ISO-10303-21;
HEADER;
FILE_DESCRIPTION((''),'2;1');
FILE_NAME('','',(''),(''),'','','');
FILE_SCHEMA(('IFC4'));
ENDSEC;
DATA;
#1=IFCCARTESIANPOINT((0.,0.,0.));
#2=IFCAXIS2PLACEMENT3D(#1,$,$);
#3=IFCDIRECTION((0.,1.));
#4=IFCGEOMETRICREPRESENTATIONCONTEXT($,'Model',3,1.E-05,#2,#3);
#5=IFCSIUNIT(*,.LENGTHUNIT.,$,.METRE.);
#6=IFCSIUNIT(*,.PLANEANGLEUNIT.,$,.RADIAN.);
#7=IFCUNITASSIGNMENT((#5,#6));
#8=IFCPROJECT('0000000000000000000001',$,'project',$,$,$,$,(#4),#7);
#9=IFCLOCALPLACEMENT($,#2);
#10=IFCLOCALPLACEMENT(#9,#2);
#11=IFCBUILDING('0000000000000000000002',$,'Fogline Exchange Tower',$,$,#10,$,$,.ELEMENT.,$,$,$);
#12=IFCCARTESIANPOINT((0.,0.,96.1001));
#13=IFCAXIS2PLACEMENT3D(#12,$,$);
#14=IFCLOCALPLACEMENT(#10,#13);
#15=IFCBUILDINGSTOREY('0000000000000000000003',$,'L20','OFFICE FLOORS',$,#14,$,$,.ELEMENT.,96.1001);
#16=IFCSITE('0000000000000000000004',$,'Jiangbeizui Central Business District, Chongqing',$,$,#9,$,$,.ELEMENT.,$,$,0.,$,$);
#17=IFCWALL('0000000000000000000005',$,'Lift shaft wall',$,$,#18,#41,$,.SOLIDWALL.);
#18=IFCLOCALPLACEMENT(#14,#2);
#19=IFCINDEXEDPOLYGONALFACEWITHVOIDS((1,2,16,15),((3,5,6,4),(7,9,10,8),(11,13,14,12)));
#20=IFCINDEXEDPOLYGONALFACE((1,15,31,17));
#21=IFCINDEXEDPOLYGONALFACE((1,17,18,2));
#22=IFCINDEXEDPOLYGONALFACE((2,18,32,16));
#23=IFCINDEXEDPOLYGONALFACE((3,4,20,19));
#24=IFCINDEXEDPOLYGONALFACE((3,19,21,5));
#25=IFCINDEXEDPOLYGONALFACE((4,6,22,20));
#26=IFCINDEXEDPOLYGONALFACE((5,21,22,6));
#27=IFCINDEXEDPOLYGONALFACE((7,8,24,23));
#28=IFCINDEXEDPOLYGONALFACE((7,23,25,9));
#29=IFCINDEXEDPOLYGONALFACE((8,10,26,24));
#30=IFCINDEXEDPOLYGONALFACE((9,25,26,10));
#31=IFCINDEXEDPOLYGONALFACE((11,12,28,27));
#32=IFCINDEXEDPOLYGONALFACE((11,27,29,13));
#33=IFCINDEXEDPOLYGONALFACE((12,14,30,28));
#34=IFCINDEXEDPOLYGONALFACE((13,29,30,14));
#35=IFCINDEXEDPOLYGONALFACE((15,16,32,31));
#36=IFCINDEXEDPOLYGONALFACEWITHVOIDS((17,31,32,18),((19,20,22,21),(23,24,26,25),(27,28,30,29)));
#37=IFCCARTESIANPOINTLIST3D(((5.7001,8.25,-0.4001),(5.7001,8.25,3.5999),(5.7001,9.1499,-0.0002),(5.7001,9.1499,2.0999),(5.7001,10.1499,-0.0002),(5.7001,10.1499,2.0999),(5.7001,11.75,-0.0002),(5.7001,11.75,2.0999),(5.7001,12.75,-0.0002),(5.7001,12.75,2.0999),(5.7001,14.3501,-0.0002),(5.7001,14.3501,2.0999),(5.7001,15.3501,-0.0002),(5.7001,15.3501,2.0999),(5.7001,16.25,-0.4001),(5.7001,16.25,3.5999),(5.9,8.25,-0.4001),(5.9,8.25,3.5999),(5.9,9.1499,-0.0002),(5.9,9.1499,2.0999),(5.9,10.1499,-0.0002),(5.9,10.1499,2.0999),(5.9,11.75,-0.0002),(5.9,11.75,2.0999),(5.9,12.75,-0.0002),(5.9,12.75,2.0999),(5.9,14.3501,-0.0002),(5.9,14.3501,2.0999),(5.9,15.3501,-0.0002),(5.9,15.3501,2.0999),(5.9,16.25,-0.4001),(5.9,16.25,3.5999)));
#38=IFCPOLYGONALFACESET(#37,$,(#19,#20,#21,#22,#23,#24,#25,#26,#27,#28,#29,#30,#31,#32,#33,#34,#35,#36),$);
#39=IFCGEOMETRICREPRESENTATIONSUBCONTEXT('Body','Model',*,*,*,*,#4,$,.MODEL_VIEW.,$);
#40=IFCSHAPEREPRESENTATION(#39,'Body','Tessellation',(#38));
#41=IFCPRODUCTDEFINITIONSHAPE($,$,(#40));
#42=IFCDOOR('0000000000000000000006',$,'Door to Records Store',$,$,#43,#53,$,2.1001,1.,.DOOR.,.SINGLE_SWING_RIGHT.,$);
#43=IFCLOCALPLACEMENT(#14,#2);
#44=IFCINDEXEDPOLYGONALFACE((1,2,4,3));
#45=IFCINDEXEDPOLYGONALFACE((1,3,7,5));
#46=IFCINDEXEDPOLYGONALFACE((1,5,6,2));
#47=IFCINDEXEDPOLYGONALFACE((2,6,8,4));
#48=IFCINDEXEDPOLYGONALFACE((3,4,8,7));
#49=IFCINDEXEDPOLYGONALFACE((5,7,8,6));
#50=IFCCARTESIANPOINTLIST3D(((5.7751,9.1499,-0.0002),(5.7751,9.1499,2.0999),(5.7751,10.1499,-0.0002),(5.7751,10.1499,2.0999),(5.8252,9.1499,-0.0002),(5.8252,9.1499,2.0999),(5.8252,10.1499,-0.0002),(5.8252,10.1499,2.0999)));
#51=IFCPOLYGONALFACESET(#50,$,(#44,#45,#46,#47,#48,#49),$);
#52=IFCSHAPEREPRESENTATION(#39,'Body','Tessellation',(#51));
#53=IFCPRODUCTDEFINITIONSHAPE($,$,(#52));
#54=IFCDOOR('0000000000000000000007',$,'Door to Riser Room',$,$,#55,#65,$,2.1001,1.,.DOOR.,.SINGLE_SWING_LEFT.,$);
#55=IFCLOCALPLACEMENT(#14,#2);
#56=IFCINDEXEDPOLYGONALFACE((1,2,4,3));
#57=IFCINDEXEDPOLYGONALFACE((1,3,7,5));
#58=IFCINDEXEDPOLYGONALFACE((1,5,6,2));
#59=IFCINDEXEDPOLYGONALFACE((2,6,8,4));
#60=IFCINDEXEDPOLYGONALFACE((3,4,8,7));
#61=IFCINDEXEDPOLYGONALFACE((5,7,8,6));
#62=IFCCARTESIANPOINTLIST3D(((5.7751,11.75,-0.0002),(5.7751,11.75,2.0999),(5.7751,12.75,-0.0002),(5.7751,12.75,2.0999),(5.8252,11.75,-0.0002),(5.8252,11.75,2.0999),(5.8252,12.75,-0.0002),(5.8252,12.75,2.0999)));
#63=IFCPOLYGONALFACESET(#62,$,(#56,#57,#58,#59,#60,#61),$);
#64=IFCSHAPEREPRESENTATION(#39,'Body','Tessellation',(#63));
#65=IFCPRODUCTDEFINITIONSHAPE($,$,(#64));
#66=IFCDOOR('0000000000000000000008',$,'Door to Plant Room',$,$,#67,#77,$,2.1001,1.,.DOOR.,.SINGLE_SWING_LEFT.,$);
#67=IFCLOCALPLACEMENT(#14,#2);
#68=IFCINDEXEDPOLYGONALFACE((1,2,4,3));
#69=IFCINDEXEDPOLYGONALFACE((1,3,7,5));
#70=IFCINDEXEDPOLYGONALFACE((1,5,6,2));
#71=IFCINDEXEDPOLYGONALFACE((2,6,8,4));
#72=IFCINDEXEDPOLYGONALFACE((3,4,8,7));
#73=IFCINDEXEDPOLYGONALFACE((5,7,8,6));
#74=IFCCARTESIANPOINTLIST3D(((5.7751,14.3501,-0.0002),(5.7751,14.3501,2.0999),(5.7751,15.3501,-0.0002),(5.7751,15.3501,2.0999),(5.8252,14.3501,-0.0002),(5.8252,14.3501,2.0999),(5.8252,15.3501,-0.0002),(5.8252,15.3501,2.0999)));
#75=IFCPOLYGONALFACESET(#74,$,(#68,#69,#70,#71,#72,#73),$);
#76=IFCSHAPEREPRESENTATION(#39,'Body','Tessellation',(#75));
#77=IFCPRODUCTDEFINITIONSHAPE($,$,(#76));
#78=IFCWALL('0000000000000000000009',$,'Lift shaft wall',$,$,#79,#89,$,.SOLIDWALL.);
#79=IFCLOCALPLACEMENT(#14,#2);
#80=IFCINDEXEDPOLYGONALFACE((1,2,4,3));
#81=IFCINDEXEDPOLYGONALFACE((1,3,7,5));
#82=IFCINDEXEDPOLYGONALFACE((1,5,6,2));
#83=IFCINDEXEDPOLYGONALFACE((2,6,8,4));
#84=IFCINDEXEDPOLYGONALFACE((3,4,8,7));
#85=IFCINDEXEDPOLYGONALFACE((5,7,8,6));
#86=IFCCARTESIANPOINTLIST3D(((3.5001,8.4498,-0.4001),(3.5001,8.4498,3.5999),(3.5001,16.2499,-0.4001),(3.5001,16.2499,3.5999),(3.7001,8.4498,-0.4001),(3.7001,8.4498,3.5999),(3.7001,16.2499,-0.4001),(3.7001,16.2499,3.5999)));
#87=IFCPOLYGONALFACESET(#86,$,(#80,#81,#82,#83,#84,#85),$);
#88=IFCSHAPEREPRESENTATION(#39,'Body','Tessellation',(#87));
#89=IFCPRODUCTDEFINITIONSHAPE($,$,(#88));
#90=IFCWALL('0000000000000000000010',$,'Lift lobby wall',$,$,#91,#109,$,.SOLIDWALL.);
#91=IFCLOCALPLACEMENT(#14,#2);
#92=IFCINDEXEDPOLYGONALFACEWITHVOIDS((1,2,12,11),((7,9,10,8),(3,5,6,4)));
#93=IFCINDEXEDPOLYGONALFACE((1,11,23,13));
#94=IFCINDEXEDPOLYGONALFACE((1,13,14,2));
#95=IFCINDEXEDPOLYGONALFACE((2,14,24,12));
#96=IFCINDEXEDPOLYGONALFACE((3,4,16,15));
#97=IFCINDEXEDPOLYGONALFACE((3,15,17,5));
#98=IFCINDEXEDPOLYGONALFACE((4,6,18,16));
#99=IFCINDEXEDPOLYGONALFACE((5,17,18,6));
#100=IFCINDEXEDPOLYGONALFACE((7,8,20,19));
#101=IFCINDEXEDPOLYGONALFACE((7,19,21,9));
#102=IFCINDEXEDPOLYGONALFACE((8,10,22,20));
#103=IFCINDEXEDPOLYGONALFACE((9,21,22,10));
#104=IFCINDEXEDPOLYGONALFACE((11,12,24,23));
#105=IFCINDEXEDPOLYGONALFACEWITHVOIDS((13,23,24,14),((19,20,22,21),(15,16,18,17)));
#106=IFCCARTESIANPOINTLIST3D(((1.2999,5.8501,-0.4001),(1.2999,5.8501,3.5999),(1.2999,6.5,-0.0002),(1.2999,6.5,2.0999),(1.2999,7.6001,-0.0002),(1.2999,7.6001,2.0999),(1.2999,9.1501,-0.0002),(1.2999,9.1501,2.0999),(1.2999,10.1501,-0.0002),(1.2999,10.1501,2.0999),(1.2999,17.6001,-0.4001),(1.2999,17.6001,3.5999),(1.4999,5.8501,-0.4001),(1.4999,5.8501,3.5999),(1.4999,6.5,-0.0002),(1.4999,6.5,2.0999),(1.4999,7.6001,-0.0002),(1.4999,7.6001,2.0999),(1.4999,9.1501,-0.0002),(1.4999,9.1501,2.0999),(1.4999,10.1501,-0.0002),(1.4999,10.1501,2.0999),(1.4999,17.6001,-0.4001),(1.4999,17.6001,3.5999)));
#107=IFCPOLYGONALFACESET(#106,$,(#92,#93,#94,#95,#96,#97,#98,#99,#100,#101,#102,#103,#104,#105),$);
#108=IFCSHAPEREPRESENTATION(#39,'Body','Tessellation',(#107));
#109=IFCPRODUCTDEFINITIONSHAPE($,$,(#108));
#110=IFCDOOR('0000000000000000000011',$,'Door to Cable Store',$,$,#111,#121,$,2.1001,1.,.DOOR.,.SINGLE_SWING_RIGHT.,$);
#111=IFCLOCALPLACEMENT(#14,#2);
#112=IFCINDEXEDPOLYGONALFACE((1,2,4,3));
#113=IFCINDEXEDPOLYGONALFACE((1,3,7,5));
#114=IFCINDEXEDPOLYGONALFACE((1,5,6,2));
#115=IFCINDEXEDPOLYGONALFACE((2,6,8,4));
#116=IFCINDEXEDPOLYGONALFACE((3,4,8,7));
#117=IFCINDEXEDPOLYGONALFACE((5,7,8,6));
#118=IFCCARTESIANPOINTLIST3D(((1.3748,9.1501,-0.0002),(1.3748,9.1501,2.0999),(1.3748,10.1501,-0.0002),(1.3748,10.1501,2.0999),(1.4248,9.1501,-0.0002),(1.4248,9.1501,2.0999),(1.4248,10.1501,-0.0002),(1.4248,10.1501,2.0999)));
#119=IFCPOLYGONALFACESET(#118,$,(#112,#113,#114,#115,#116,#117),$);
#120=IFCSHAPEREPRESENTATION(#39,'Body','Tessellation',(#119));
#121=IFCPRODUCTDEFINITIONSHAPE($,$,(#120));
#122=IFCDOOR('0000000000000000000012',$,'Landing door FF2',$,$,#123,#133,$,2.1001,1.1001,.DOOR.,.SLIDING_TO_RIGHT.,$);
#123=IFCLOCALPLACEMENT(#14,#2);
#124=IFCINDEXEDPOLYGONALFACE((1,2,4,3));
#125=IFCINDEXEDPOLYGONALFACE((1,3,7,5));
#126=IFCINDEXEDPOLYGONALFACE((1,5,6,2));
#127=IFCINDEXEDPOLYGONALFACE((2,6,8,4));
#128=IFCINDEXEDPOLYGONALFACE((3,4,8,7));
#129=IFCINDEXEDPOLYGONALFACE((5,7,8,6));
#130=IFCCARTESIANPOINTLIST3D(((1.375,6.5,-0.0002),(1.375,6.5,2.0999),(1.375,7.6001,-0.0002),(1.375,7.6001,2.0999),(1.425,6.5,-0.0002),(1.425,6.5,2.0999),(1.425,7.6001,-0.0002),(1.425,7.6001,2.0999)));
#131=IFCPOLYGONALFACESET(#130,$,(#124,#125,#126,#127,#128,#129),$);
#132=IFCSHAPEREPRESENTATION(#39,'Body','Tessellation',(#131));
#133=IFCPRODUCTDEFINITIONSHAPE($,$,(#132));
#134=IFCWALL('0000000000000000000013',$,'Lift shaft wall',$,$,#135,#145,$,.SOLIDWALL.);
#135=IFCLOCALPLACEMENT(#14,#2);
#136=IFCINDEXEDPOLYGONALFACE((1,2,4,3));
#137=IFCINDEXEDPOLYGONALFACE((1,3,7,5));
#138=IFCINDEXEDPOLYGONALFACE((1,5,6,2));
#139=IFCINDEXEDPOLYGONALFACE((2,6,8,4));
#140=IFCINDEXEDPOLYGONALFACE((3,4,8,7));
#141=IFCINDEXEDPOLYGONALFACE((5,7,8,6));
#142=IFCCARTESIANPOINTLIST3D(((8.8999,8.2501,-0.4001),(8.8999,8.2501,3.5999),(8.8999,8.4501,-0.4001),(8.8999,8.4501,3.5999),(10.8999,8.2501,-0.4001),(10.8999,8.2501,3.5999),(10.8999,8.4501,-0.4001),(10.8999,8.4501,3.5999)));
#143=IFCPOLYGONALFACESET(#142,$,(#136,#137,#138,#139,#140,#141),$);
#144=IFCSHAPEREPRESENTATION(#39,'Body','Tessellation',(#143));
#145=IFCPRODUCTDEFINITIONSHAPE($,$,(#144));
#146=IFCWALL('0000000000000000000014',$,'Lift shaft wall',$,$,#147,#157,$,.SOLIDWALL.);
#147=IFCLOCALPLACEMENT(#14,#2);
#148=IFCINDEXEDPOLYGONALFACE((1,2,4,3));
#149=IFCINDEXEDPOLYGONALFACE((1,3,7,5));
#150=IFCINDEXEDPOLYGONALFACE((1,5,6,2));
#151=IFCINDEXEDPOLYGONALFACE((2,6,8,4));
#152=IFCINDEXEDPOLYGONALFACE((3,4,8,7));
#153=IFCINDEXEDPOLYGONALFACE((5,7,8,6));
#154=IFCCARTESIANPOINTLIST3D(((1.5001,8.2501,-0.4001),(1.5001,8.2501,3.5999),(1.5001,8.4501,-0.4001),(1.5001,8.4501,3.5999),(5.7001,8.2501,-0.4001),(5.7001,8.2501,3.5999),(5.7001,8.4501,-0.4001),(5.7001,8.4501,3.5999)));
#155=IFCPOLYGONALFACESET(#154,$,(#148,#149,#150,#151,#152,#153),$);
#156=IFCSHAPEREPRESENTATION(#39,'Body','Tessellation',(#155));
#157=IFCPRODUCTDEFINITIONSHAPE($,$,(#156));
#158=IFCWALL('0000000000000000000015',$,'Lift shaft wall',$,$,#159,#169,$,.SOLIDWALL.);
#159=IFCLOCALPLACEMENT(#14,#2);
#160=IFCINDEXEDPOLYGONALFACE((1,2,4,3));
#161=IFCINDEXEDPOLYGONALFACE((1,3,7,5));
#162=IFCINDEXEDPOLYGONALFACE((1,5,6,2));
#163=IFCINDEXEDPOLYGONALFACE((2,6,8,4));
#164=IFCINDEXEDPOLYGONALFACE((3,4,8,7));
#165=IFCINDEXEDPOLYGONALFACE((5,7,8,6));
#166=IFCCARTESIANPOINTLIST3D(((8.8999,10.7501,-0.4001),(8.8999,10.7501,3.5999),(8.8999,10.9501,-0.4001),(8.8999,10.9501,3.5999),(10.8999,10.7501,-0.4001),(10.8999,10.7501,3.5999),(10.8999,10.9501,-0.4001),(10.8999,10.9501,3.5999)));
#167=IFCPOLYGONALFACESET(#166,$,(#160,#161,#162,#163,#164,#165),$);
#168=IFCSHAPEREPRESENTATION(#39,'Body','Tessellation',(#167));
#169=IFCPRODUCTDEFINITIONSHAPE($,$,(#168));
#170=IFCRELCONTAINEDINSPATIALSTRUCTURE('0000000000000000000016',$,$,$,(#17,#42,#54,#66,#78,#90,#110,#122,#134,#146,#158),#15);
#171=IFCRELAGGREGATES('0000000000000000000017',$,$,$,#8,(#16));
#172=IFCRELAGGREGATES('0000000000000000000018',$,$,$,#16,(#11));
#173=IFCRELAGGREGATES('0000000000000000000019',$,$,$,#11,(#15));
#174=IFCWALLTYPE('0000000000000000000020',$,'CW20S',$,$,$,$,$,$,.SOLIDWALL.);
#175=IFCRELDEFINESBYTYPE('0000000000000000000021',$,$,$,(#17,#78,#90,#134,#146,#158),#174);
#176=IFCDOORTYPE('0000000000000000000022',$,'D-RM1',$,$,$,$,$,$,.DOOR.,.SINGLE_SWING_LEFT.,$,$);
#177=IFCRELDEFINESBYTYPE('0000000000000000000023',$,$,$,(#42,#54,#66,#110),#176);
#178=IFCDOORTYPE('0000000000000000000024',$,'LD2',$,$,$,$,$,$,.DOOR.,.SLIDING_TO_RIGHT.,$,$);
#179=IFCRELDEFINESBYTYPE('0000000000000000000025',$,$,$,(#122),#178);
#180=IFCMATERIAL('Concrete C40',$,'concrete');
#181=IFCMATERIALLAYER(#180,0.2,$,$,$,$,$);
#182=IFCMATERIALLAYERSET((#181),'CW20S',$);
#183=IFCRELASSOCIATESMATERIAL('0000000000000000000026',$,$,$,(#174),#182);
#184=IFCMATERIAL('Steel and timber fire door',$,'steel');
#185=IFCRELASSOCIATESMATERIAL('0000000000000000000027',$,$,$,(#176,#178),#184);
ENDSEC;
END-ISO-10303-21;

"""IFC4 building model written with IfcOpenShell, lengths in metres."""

from ifc_helpers import new_model, si_unit, direction, frame, frame_2d, origin, place, context, subcontext, project, spatial, rectangle, extrude, material, layer, layer_set, type_object, element, fill, save


model = new_model("IFC4")

# Units and contexts
model_context = context("Model", 3, precision=1e-05, world=origin(), true_north=direction((0.0, 1.0)))
body_context = subcontext(model_context, "Body", "Model", "MODEL_VIEW")
ifc_project = project(units=[si_unit("LENGTHUNIT", "METRE"), si_unit("PLANEANGLEUNIT", "RADIAN")], contexts=[model_context])

# Site, building, storey
site_placement = place(None, origin())
site = spatial("IfcSite", under=ifc_project, at=site_placement, Name="Jiangbeizui Central Business District, Chongqing", CompositionType="ELEMENT", RefElevation=0.0)
building_placement = place(site_placement, origin())
building = spatial("IfcBuilding", under=site, at=building_placement, Name="Fogline Exchange Tower", CompositionType="ELEMENT")
storey_placement = place(building_placement, frame((0.0, 0.0, 96.1001)))
storey = spatial("IfcBuildingStorey", under=building, at=storey_placement, Name="L20", Description="OFFICE FLOORS", CompositionType="ELEMENT", Elevation=96.1001)

# Shared definitions
ifc_material_1 = material(Name="Steel and timber fire door", Category="steel")

# Shared definitions
ifc_material_2 = material(Name="Concrete C40", Category="concrete")

# Wall, openings, doors
ifc_layer_1 = layer(ifc_material_2, 0.2)
ifc_layer_set_1 = layer_set([ifc_layer_1], Name="CW20S")
wall_type_1 = type_object("IfcWallType", Name="CW20S", PredefinedType="SOLIDWALL", material=ifc_layer_set_1)
door_type_1 = type_object("IfcDoorType", Name="D-RM1", OperationType="SINGLE_SWING_LEFT", PredefinedType="DOOR", material=ifc_material_1)
wall_1_placement = place(storey_placement, frame((5.8, 8.25, -0.4001), z_axis=(0.0, 0.0, 1.0), x_axis=(0.0, 1.0, 0.0)))
wall_1 = element("IfcWall", 1, at=wall_1_placement, inside=storey, type_object=wall_type_1, Name="Lift shaft wall", PredefinedType="SOLIDWALL", context=body_context, shape_type="SweptSolid", body=[
    extrude(rectangle(XDim=8.0, YDim=0.2, at=frame_2d((4.0, 0.0))), origin(), (0.0, 0.0, 1.0), 4.0),
])
opening_1_placement = place(wall_1_placement, frame((0.8999, 0.0, 0.3999)))
opening_1 = element("IfcOpeningElement", 2, at=opening_1_placement, cuts=wall_1, PredefinedType="OPENING", context=body_context, shape_type="SweptSolid", body=[
    extrude(rectangle(XDim=1.0, YDim=2.1001, at=frame_2d((0.5, 1.05))), frame((0.0, 0.1099, 0.0), z_axis=(0.0, -1.0, 0.0), x_axis=(1.0, 0.0, 0.0)), (0.0, 0.0, 1.0), 0.22),
])
opening_2_placement = place(wall_1_placement, frame((3.5, 0.0, 0.3999)))
opening_2 = element("IfcOpeningElement", 3, at=opening_2_placement, cuts=wall_1, PredefinedType="OPENING", context=body_context, shape_type="SweptSolid", body=[
    extrude(rectangle(XDim=1.0, YDim=2.1001, at=frame_2d((0.5, 1.05))), frame((0.0, 0.1099, 0.0), z_axis=(0.0, -1.0, 0.0), x_axis=(1.0, 0.0, 0.0)), (0.0, 0.0, 1.0), 0.22),
])
opening_3_placement = place(wall_1_placement, frame((6.1001, 0.0, 0.3999)))
opening_3 = element("IfcOpeningElement", 4, at=opening_3_placement, cuts=wall_1, PredefinedType="OPENING", context=body_context, shape_type="SweptSolid", body=[
    extrude(rectangle(XDim=1.0, YDim=2.1001, at=frame_2d((0.5, 1.05))), frame((0.0, 0.1099, 0.0), z_axis=(0.0, -1.0, 0.0), x_axis=(1.0, 0.0, 0.0)), (0.0, 0.0, 1.0), 0.22),
])
door_1_placement = place(opening_1_placement, origin())
door_1 = element("IfcDoor", 5, at=door_1_placement, inside=storey, type_object=door_type_1, Name="Door to Records Store", OperationType="SINGLE_SWING_RIGHT", OverallHeight=2.1001, OverallWidth=1.0, PredefinedType="DOOR", context=body_context, shape_type="SweptSolid", body=[
    extrude(rectangle(XDim=1.0, YDim=2.1001, at=frame_2d((0.5, 1.05))), frame((0.0, 0.0249, 0.0), z_axis=(0.0, -1.0, 0.0), x_axis=(1.0, 0.0, 0.0)), (0.0, 0.0, 1.0), 0.05),
])
fill(opening_1, door_1)
door_2_placement = place(opening_2_placement, origin())
door_2 = element("IfcDoor", 6, at=door_2_placement, inside=storey, type_object=door_type_1, Name="Door to Riser Room", OperationType="SINGLE_SWING_LEFT", OverallHeight=2.1001, OverallWidth=1.0, PredefinedType="DOOR", context=body_context, shape_type="SweptSolid", body=[
    extrude(rectangle(XDim=1.0, YDim=2.1001, at=frame_2d((0.5, 1.05))), frame((0.0, 0.0249, 0.0), z_axis=(0.0, -1.0, 0.0), x_axis=(1.0, 0.0, 0.0)), (0.0, 0.0, 1.0), 0.05),
])
fill(opening_2, door_2)
door_3_placement = place(opening_3_placement, origin())
door_3 = element("IfcDoor", 7, at=door_3_placement, inside=storey, type_object=door_type_1, Name="Door to Plant Room", OperationType="SINGLE_SWING_LEFT", OverallHeight=2.1001, OverallWidth=1.0, PredefinedType="DOOR", context=body_context, shape_type="SweptSolid", body=[
    extrude(rectangle(XDim=1.0, YDim=2.1001, at=frame_2d((0.5, 1.05))), frame((0.0, 0.0249, 0.0), z_axis=(0.0, -1.0, 0.0), x_axis=(1.0, 0.0, 0.0)), (0.0, 0.0, 1.0), 0.05),
])
fill(opening_3, door_3)

# Wall
wall_2_placement = place(storey_placement, frame((3.6001, 8.45, -0.4001), z_axis=(0.0, 0.0, 1.0), x_axis=(0.0, 1.0, 0.0)))
element("IfcWall", 8, at=wall_2_placement, inside=storey, type_object=wall_type_1, Name="Lift shaft wall", PredefinedType="SOLIDWALL", context=body_context, shape_type="SweptSolid", body=[
    extrude(rectangle(XDim=7.8, YDim=0.2, at=frame_2d((3.8999, 0.0))), origin(), (0.0, 0.0, 1.0), 4.0),
])

# Wall, openings, doors
wall_3_placement = place(storey_placement, frame((1.3999, 5.8501, -0.4001), z_axis=(0.0, 0.0, 1.0), x_axis=(0.0, 1.0, 0.0)))
wall_3 = element("IfcWall", 9, at=wall_3_placement, inside=storey, type_object=wall_type_1, Name="Lift lobby wall", PredefinedType="SOLIDWALL", context=body_context, shape_type="SweptSolid", body=[
    extrude(rectangle(XDim=11.75, YDim=0.2, at=frame_2d((5.875, 0.0))), origin(), (0.0, 0.0, 1.0), 4.0),
])
opening_4_placement = place(wall_3_placement, frame((0.6499, 0.0, 0.3999)))
opening_4 = element("IfcOpeningElement", 10, at=opening_4_placement, cuts=wall_3, PredefinedType="OPENING", context=body_context, shape_type="SweptSolid", body=[
    extrude(rectangle(XDim=1.1001, YDim=2.1001, at=frame_2d((0.55, 1.05))), frame((0.0, 0.1099, 0.0), z_axis=(0.0, -1.0, 0.0), x_axis=(1.0, 0.0, 0.0)), (0.0, 0.0, 1.0), 0.22),
])
opening_5_placement = place(wall_3_placement, frame((3.3, 0.0, 0.3999)))
opening_5 = element("IfcOpeningElement", 11, at=opening_5_placement, cuts=wall_3, PredefinedType="OPENING", context=body_context, shape_type="SweptSolid", body=[
    extrude(rectangle(XDim=1.0, YDim=2.1001, at=frame_2d((0.5, 1.05))), frame((0.0, 0.1099, 0.0), z_axis=(0.0, -1.0, 0.0), x_axis=(1.0, 0.0, 0.0)), (0.0, 0.0, 1.0), 0.22),
])
door_4_placement = place(opening_5_placement, frame((1.0, 0.0, 0.0), z_axis=(0.0, 0.0, 1.0), x_axis=(-1.0, 0.0, 0.0)))
door_4 = element("IfcDoor", 12, at=door_4_placement, inside=storey, type_object=door_type_1, Name="Door to Cable Store", OperationType="SINGLE_SWING_RIGHT", OverallHeight=2.1001, OverallWidth=1.0, PredefinedType="DOOR", context=body_context, shape_type="SweptSolid", body=[
    extrude(rectangle(XDim=1.0, YDim=2.1001, at=frame_2d((0.5, 1.05))), frame((0.0, 0.0249, 0.0), z_axis=(0.0, -1.0, 0.0), x_axis=(1.0, 0.0, 0.0)), (0.0, 0.0, 1.0), 0.05),
])
fill(opening_5, door_4)
door_type_2 = type_object("IfcDoorType", Name="LD2", OperationType="SLIDING_TO_RIGHT", PredefinedType="DOOR", material=ifc_material_1)
door_5_placement = place(opening_4_placement, origin())
door_5 = element("IfcDoor", 13, at=door_5_placement, inside=storey, type_object=door_type_2, Name="Landing door FF2", OperationType="SLIDING_TO_RIGHT", OverallHeight=2.1001, OverallWidth=1.1001, PredefinedType="DOOR", context=body_context, shape_type="SweptSolid", body=[
    extrude(rectangle(XDim=1.1001, YDim=2.1001, at=frame_2d((0.55, 1.05))), frame((0.0, 0.0249, 0.0), z_axis=(0.0, -1.0, 0.0), x_axis=(1.0, 0.0, 0.0)), (0.0, 0.0, 1.0), 0.05),
])
fill(opening_4, door_5)

# Walls
wall_4_placement = place(storey_placement, frame((8.8999, 8.3501, -0.4001), z_axis=(0.0, 0.0, 1.0), x_axis=(1.0, 0.0, 0.0)))
element("IfcWall", 14, at=wall_4_placement, inside=storey, type_object=wall_type_1, Name="Lift shaft wall", PredefinedType="SOLIDWALL", context=body_context, shape_type="SweptSolid", body=[
    extrude(rectangle(XDim=2.0, YDim=0.2, at=frame_2d((1.0, 0.0))), origin(), (0.0, 0.0, 1.0), 4.0),
])
wall_5_placement = place(storey_placement, frame((1.5, 8.3501, -0.4001), z_axis=(0.0, 0.0, 1.0), x_axis=(1.0, 0.0, 0.0)))
element("IfcWall", 15, at=wall_5_placement, inside=storey, type_object=wall_type_1, Name="Lift shaft wall", PredefinedType="SOLIDWALL", context=body_context, shape_type="SweptSolid", body=[
    extrude(rectangle(XDim=4.2, YDim=0.2, at=frame_2d((2.1001, 0.0))), origin(), (0.0, 0.0, 1.0), 4.0),
])
for number, where, z_axis, x_axis, name in (
    (16, (8.8999, 10.8501, -0.4001), (0.0, 0.0, 1.0), (1.0, 0.0, 0.0), "Lift shaft wall"),
):
    element("IfcWall", number, at=place(storey_placement, frame(where, z_axis=z_axis, x_axis=x_axis)), inside=storey, type_object=wall_type_1, Name=name, PredefinedType="SOLIDWALL", context=body_context, shape_type="SweptSolid", body=[
        extrude(rectangle(XDim=2.0, YDim=0.2, at=frame_2d((1.0, 0.0))), origin(), (0.0, 0.0, 1.0), 4.0),
    ])

save(model, "model.ifc")
